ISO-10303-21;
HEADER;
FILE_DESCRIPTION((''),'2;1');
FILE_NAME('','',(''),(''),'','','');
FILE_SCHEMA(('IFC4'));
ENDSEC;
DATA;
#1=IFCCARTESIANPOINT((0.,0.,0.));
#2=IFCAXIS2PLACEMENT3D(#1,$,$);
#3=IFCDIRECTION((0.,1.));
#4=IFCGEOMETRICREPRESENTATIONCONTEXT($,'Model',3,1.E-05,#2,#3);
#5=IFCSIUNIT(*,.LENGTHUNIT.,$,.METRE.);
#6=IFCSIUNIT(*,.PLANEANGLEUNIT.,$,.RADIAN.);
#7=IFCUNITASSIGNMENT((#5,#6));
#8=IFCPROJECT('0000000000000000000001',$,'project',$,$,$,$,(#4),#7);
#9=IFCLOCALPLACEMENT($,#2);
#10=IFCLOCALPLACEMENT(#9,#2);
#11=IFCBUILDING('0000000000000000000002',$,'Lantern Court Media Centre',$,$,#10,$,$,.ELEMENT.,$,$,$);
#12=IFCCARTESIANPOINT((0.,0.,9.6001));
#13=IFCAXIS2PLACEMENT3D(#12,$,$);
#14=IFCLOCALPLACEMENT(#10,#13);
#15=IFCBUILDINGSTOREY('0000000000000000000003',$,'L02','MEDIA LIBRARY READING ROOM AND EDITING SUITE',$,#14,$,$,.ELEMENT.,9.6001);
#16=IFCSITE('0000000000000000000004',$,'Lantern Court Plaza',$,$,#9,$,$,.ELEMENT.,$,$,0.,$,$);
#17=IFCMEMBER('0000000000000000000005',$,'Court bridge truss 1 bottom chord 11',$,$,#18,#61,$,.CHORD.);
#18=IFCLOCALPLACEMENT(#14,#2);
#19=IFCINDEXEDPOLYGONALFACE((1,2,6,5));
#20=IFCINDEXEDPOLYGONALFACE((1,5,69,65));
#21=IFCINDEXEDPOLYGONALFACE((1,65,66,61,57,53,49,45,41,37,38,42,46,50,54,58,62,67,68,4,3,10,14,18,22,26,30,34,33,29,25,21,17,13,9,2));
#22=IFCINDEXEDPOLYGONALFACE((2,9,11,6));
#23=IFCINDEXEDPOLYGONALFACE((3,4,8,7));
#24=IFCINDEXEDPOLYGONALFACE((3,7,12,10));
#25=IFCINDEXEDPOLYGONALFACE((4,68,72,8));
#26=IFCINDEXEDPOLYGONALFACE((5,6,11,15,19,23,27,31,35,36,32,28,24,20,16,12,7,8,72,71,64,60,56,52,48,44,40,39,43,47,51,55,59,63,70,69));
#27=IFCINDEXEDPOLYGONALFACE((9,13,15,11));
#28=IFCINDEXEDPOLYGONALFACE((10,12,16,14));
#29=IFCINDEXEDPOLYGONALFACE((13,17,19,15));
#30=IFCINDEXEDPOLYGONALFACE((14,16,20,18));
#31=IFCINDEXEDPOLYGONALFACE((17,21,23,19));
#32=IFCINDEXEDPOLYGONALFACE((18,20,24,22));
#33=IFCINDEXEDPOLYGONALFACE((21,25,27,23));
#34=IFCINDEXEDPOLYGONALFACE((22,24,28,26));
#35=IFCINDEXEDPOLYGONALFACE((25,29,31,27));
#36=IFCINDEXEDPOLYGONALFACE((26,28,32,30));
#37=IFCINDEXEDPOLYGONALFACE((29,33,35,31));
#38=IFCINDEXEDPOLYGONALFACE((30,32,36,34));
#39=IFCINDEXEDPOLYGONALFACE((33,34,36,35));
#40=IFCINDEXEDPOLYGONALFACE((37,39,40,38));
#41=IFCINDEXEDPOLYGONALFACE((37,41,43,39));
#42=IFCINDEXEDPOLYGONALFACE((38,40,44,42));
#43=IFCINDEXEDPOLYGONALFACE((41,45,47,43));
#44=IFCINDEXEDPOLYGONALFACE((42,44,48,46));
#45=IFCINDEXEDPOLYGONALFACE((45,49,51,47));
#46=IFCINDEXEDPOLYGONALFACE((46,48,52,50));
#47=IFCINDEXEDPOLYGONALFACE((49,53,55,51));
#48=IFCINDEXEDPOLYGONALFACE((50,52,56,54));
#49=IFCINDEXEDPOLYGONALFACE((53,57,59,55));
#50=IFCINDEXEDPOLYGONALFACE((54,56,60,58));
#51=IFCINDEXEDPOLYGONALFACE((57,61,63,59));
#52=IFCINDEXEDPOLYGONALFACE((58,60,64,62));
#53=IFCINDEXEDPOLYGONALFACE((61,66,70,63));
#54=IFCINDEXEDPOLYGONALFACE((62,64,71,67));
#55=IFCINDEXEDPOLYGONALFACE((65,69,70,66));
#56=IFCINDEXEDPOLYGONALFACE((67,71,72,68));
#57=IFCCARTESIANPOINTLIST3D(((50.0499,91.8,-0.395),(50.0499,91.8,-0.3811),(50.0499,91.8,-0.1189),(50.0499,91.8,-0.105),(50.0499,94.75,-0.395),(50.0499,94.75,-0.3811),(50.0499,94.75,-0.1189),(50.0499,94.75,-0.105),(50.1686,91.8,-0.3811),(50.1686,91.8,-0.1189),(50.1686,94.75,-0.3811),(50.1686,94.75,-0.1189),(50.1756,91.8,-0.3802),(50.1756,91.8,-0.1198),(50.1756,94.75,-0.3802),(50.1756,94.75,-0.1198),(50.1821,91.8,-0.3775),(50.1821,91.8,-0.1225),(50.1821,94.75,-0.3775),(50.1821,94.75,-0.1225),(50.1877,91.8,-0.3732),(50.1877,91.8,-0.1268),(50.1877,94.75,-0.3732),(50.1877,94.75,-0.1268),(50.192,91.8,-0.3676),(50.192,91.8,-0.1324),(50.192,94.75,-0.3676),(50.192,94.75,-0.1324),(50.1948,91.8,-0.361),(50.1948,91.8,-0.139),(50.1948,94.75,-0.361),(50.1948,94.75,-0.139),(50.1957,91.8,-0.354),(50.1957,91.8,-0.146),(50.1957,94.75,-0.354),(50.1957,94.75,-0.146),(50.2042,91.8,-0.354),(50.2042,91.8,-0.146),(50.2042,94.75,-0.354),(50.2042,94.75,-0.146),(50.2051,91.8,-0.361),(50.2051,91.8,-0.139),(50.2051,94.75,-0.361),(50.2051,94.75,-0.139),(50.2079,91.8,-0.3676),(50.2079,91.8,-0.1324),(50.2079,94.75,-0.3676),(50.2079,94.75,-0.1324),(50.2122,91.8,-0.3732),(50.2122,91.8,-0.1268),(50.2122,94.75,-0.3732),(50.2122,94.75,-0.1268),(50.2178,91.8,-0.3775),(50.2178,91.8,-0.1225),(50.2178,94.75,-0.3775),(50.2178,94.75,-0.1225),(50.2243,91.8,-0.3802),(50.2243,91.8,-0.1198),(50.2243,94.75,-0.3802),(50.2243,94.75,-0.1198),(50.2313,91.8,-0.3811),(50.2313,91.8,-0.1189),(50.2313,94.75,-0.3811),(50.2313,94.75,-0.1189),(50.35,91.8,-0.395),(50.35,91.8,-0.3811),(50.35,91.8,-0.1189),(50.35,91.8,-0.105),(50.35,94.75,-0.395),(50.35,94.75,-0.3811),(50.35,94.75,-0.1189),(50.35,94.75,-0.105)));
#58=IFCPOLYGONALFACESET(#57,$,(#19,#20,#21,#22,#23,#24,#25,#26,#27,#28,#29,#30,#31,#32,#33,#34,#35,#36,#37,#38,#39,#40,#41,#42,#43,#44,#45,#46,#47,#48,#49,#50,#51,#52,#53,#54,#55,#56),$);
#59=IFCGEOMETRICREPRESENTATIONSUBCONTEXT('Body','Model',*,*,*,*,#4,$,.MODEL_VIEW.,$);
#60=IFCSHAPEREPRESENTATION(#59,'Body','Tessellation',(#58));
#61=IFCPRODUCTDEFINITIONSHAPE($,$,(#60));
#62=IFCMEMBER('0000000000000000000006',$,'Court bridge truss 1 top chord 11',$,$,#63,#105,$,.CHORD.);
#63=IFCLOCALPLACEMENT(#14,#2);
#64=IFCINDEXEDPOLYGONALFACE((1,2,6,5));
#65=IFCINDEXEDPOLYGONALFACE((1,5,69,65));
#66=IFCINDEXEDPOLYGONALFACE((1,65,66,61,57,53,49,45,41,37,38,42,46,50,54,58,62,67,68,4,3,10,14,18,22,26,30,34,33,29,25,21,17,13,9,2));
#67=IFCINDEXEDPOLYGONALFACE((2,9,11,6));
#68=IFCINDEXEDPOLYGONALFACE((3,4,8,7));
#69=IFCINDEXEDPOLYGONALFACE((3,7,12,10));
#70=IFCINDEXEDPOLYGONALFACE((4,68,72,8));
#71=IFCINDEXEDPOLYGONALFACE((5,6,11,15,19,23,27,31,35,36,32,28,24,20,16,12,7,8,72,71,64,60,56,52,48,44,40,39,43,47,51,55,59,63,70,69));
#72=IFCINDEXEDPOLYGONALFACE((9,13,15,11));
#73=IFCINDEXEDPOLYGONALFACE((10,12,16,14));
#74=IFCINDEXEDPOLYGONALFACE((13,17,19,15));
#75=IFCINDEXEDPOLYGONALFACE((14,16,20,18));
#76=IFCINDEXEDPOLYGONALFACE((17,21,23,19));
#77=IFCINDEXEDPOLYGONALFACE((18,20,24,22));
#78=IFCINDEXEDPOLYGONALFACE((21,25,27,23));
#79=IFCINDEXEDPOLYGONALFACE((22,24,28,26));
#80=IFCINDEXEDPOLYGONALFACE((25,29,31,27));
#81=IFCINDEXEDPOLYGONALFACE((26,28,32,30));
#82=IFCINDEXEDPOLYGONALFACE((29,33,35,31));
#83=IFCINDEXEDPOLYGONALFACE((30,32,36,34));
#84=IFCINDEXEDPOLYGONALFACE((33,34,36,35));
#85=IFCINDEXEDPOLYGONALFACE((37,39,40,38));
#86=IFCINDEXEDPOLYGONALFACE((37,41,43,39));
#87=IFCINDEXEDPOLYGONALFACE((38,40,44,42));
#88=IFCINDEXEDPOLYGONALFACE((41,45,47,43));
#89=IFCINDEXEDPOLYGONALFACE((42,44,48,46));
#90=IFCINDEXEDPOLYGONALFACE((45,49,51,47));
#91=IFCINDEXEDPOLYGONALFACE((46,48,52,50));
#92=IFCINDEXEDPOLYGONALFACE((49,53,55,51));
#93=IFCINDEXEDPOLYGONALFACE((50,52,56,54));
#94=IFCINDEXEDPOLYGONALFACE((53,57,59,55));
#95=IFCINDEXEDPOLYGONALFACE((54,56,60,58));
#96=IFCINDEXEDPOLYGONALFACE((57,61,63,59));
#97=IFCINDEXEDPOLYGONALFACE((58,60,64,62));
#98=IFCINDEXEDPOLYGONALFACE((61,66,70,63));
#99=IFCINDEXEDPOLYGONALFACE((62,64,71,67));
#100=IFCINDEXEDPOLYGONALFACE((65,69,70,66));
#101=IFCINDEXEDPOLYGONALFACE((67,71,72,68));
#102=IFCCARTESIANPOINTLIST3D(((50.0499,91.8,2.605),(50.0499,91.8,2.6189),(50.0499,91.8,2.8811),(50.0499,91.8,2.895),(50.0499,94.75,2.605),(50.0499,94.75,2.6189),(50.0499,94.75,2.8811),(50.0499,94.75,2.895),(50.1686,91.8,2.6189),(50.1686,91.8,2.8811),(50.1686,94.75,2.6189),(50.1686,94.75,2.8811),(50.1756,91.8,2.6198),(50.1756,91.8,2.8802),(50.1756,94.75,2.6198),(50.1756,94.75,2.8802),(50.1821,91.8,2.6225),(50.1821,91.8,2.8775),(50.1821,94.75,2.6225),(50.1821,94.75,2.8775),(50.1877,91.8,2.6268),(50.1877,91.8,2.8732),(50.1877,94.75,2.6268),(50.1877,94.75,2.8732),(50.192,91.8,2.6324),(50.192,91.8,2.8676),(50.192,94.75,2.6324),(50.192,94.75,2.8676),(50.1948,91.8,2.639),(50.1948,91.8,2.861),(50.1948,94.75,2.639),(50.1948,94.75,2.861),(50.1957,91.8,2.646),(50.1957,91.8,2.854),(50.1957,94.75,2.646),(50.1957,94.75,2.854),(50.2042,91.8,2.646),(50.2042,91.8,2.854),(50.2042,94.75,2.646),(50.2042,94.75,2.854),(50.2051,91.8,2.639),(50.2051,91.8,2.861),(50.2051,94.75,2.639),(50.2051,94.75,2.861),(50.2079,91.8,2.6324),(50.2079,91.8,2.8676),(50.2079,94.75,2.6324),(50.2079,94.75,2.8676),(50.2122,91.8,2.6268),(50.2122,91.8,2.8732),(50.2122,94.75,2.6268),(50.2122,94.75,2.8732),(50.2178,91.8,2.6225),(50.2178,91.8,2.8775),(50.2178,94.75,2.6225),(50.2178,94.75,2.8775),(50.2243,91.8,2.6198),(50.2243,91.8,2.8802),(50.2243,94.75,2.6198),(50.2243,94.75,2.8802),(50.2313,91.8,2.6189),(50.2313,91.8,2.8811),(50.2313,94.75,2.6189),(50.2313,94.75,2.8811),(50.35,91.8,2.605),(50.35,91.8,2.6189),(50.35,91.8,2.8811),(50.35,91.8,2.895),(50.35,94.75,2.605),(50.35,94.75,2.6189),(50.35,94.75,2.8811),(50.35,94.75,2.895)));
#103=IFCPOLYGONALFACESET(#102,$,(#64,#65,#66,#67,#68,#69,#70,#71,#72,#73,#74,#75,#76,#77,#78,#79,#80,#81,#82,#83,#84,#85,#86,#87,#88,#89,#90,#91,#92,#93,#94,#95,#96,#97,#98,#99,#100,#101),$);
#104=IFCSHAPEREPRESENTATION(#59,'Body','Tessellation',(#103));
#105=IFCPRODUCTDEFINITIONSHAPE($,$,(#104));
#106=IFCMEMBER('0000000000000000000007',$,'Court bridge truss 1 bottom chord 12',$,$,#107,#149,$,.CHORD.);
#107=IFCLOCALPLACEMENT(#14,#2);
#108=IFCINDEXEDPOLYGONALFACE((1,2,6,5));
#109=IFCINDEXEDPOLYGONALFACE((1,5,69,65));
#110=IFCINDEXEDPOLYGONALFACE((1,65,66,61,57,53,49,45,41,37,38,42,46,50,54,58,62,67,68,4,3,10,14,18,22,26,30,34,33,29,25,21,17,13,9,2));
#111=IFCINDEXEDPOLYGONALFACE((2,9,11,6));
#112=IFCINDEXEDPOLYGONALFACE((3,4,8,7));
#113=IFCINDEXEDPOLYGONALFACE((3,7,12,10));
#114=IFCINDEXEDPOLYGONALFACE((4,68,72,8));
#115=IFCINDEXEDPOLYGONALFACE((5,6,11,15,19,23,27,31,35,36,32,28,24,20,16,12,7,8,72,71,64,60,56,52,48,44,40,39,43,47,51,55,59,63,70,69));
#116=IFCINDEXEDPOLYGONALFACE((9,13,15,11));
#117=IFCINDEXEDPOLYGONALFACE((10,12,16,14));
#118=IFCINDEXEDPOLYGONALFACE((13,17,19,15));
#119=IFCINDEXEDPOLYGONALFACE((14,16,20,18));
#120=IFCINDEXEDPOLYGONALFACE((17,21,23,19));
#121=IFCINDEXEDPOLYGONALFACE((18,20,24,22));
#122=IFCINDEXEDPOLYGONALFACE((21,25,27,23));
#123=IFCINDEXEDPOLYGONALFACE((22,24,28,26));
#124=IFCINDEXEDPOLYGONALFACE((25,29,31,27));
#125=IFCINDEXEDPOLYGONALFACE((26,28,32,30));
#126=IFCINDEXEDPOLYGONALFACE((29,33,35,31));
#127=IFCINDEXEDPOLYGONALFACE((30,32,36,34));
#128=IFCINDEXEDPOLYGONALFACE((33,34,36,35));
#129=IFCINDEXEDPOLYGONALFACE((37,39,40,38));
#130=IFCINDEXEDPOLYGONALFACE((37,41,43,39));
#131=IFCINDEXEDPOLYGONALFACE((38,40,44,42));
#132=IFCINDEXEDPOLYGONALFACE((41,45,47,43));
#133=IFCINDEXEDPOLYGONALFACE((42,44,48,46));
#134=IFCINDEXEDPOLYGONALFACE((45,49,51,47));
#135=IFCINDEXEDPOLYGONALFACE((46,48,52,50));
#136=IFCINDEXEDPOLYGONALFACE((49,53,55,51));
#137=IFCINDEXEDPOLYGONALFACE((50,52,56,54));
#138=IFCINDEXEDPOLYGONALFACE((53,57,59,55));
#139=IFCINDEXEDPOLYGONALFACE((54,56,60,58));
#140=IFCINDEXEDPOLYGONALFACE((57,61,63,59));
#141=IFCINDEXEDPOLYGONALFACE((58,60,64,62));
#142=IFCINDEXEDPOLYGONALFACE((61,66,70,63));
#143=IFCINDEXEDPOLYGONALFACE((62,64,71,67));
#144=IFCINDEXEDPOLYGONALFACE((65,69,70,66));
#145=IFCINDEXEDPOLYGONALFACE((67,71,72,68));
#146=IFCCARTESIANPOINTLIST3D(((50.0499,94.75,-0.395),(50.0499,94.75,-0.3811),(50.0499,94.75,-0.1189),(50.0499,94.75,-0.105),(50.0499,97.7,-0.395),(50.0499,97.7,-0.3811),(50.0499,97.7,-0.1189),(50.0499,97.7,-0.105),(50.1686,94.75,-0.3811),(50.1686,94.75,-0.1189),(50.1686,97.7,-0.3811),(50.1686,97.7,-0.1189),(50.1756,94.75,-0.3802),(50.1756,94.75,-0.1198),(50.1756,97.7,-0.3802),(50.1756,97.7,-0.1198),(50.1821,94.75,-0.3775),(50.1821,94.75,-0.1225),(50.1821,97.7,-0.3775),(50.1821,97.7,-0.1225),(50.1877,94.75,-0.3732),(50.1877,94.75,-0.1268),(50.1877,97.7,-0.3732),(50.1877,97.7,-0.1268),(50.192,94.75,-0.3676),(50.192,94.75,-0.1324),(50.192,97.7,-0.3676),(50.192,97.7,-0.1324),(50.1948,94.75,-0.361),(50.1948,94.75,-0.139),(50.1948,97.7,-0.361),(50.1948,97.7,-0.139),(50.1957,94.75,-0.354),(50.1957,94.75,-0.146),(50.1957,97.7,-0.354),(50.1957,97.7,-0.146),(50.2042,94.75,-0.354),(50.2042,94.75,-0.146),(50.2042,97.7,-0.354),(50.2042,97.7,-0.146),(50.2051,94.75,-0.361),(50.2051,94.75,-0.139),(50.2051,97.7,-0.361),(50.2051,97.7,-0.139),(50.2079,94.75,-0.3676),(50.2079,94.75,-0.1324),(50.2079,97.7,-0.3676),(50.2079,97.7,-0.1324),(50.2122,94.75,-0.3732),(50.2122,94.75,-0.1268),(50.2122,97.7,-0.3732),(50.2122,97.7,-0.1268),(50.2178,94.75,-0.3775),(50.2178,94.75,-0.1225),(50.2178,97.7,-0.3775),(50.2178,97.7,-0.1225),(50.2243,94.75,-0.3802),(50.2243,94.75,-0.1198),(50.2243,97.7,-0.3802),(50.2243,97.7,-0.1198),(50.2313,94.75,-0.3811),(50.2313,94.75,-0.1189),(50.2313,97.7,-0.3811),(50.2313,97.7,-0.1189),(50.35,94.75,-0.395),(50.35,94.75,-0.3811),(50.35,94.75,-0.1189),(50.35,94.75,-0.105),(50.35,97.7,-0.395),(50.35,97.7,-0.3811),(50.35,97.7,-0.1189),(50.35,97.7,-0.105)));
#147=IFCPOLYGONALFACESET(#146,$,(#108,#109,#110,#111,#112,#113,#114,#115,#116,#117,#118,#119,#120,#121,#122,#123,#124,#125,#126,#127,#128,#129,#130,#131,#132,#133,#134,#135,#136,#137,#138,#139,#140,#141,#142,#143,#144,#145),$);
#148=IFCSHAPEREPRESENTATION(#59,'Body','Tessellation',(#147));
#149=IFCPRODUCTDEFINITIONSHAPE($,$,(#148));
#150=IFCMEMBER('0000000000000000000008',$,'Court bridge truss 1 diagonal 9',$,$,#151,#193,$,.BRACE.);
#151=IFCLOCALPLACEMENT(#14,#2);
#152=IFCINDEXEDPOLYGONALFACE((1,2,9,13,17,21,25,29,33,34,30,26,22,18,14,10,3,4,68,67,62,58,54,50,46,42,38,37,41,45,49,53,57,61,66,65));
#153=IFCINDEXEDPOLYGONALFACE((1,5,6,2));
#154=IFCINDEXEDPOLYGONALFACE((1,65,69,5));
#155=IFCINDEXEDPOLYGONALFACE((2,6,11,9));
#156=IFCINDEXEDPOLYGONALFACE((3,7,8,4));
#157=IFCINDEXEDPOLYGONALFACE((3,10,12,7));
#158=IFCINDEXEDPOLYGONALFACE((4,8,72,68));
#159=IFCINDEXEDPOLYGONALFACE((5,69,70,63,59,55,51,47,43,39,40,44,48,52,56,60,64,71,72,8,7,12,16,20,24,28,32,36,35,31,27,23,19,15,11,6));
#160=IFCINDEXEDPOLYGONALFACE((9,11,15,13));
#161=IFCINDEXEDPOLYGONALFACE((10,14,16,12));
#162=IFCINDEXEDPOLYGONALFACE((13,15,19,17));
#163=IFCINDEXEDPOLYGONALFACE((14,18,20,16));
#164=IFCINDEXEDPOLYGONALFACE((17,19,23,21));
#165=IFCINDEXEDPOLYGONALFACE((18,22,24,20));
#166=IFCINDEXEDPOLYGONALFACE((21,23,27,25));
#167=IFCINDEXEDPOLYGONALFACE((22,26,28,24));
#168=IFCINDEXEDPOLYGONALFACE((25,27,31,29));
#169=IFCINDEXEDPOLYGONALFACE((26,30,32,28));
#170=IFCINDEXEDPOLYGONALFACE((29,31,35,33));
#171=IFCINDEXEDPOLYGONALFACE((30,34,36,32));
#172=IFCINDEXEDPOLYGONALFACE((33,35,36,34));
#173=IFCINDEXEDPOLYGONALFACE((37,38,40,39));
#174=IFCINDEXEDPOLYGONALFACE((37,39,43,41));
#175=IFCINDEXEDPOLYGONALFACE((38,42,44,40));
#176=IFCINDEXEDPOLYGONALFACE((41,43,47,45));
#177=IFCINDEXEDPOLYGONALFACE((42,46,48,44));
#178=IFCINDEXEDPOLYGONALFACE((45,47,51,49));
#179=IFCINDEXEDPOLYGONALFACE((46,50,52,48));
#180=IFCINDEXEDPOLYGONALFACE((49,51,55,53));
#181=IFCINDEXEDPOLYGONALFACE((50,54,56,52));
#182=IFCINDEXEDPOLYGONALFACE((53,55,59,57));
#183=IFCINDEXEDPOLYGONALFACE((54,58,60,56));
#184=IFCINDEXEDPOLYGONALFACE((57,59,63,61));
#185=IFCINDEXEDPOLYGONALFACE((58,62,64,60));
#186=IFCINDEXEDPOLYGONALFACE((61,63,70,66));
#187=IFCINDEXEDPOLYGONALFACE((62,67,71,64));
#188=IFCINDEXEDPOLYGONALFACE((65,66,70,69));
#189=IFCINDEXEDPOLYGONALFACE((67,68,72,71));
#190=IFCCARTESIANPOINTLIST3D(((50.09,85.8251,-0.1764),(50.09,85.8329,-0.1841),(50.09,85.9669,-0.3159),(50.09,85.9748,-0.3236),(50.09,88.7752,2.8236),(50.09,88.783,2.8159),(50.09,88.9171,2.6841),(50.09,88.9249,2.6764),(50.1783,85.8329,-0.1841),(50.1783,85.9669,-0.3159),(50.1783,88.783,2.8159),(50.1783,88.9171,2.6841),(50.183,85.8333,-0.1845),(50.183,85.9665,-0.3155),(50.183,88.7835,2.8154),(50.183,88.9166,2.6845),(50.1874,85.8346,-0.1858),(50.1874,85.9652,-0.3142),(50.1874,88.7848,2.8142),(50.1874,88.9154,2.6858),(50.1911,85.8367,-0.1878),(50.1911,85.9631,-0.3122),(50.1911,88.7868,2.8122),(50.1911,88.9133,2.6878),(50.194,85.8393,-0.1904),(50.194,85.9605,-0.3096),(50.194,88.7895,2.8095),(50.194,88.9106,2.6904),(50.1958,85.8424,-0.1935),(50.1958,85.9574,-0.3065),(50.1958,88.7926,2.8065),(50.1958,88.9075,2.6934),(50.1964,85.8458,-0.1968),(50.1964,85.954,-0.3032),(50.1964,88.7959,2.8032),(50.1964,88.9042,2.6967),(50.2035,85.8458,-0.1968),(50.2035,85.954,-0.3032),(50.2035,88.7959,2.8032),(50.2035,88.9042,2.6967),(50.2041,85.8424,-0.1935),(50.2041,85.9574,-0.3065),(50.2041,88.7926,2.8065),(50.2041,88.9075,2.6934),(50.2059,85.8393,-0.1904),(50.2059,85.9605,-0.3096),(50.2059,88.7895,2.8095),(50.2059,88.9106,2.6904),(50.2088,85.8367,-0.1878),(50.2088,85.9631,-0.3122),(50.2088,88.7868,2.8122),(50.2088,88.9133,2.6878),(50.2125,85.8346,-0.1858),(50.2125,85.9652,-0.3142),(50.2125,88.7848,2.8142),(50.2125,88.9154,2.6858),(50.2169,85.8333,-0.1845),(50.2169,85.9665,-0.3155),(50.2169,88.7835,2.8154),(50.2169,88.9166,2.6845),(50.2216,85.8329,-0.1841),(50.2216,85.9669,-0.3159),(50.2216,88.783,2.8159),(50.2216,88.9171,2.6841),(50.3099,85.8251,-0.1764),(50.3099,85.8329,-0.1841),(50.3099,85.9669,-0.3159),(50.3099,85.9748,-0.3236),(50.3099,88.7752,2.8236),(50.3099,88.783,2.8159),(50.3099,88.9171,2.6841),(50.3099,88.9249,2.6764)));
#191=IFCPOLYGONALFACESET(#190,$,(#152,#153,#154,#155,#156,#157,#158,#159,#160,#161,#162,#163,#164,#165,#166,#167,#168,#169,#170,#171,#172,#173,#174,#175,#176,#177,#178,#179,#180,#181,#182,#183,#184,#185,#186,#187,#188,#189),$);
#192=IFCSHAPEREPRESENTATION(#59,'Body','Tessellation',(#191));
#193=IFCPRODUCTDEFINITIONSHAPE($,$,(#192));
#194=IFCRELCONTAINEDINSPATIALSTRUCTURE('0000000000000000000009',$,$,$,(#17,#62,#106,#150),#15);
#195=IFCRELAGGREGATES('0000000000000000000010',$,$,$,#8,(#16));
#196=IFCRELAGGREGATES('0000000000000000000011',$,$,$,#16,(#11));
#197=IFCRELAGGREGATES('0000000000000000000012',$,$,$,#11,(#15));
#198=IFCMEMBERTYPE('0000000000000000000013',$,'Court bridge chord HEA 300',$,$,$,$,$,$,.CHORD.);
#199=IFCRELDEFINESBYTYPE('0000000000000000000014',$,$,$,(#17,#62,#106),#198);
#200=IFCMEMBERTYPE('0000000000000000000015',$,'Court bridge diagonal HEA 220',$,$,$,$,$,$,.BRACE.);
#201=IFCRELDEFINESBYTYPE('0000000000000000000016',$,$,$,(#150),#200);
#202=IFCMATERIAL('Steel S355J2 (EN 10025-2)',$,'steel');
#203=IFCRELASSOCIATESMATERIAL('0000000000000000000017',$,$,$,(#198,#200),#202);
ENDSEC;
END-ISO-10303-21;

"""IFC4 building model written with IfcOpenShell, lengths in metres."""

from ifc_helpers import new_model, si_unit, direction, frame, origin, origin_2d, place, context, subcontext, project, spatial, i_section, extrude, material, material_profile, profile_set, type_object, element, save


model = new_model("IFC4")

# Units and contexts
model_context = context("Model", 3, precision=1e-05, world=origin(), true_north=direction((0.0, 1.0)))
body_context = subcontext(model_context, "Body", "Model", "MODEL_VIEW")
ifc_project = project(units=[si_unit("LENGTHUNIT", "METRE"), si_unit("PLANEANGLEUNIT", "RADIAN")], contexts=[model_context])

# Site, building, storey
site_placement = place(None, origin())
site = spatial("IfcSite", under=ifc_project, at=site_placement, Name="Lantern Court Plaza", CompositionType="ELEMENT", RefElevation=0.0)
building_placement = place(site_placement, origin())
building = spatial("IfcBuilding", under=site, at=building_placement, Name="Lantern Court Media Centre", CompositionType="ELEMENT")
storey_placement = place(building_placement, frame((0.0, 0.0, 9.6001)))
storey = spatial("IfcBuildingStorey", under=building, at=storey_placement, Name="L02", Description="MEDIA LIBRARY READING ROOM AND EDITING SUITE", CompositionType="ELEMENT", Elevation=9.6001)

# Members
ifc_material = material(Name="Steel S355J2 (EN 10025-2)", Category="steel")
ifc_material_profile_1 = material_profile(ifc_material, i_section(OverallWidth=0.3, OverallDepth=0.29, WebThickness=0.0085, FlangeThickness=0.0139, FilletRadius=0.0271, at=origin_2d()), Name="HEA 300")
ifc_profile_set_1 = profile_set([ifc_material_profile_1], Name="Steel S355J2 (EN 10025-2)")
member_type_1 = type_object("IfcMemberType", Name="Court bridge chord HEA 300", PredefinedType="CHORD", material=ifc_profile_set_1)
for number, where, z_axis, x_axis, name in (
    (1, (50.2, 91.8, -0.25), (0.0, 1.0, 0.0), (-1.0, 0.0, 0.0), "Court bridge truss 1 bottom chord 11"),
    (2, (50.2, 91.8, 2.75), (0.0, 1.0, 0.0), (-1.0, 0.0, 0.0), "Court bridge truss 1 top chord 11"),
    (3, (50.2, 94.75, -0.25), (0.0, 1.0, 0.0), (-1.0, 0.0, 0.0), "Court bridge truss 1 bottom chord 12"),
):
    element("IfcMember", number, at=place(storey_placement, frame(where, z_axis=z_axis, x_axis=x_axis)), inside=storey, type_object=member_type_1, Name=name, PredefinedType="CHORD", context=body_context, shape_type="SweptSolid", body=[
        extrude(i_section(OverallWidth=0.3, OverallDepth=0.29, WebThickness=0.0085, FlangeThickness=0.0139, FilletRadius=0.0271, at=origin_2d()), origin(), (0.0, 0.0, 1.0), 2.95),
    ])
ifc_material_profile_2 = material_profile(ifc_material, i_section(OverallWidth=0.22, OverallDepth=0.21, WebThickness=0.0071, FlangeThickness=0.011, FilletRadius=0.0181, at=origin_2d()), Name="HEA 220")
ifc_profile_set_2 = profile_set([ifc_material_profile_2], Name="Steel S355J2 (EN 10025-2)")
member_type_2 = type_object("IfcMemberType", Name="Court bridge diagonal HEA 220", PredefinedType="BRACE", material=ifc_profile_set_2)
for number, where, z_axis, x_axis, name in (
    (4, (50.2, 85.8999, -0.25), (0.0, 0.701164, 0.713), (-1.0, 0.0, 0.0), "Court bridge truss 1 diagonal 9"),
):
    element("IfcMember", number, at=place(storey_placement, frame(where, z_axis=z_axis, x_axis=x_axis)), inside=storey, type_object=member_type_2, Name=name, PredefinedType="BRACE", context=body_context, shape_type="SweptSolid", body=[
        extrude(i_section(OverallWidth=0.22, OverallDepth=0.21, WebThickness=0.0071, FlangeThickness=0.011, FilletRadius=0.0181, at=origin_2d()), origin(), (0.0, 0.0, 1.0), 4.2075),
    ])

save(model, "model.ifc")
